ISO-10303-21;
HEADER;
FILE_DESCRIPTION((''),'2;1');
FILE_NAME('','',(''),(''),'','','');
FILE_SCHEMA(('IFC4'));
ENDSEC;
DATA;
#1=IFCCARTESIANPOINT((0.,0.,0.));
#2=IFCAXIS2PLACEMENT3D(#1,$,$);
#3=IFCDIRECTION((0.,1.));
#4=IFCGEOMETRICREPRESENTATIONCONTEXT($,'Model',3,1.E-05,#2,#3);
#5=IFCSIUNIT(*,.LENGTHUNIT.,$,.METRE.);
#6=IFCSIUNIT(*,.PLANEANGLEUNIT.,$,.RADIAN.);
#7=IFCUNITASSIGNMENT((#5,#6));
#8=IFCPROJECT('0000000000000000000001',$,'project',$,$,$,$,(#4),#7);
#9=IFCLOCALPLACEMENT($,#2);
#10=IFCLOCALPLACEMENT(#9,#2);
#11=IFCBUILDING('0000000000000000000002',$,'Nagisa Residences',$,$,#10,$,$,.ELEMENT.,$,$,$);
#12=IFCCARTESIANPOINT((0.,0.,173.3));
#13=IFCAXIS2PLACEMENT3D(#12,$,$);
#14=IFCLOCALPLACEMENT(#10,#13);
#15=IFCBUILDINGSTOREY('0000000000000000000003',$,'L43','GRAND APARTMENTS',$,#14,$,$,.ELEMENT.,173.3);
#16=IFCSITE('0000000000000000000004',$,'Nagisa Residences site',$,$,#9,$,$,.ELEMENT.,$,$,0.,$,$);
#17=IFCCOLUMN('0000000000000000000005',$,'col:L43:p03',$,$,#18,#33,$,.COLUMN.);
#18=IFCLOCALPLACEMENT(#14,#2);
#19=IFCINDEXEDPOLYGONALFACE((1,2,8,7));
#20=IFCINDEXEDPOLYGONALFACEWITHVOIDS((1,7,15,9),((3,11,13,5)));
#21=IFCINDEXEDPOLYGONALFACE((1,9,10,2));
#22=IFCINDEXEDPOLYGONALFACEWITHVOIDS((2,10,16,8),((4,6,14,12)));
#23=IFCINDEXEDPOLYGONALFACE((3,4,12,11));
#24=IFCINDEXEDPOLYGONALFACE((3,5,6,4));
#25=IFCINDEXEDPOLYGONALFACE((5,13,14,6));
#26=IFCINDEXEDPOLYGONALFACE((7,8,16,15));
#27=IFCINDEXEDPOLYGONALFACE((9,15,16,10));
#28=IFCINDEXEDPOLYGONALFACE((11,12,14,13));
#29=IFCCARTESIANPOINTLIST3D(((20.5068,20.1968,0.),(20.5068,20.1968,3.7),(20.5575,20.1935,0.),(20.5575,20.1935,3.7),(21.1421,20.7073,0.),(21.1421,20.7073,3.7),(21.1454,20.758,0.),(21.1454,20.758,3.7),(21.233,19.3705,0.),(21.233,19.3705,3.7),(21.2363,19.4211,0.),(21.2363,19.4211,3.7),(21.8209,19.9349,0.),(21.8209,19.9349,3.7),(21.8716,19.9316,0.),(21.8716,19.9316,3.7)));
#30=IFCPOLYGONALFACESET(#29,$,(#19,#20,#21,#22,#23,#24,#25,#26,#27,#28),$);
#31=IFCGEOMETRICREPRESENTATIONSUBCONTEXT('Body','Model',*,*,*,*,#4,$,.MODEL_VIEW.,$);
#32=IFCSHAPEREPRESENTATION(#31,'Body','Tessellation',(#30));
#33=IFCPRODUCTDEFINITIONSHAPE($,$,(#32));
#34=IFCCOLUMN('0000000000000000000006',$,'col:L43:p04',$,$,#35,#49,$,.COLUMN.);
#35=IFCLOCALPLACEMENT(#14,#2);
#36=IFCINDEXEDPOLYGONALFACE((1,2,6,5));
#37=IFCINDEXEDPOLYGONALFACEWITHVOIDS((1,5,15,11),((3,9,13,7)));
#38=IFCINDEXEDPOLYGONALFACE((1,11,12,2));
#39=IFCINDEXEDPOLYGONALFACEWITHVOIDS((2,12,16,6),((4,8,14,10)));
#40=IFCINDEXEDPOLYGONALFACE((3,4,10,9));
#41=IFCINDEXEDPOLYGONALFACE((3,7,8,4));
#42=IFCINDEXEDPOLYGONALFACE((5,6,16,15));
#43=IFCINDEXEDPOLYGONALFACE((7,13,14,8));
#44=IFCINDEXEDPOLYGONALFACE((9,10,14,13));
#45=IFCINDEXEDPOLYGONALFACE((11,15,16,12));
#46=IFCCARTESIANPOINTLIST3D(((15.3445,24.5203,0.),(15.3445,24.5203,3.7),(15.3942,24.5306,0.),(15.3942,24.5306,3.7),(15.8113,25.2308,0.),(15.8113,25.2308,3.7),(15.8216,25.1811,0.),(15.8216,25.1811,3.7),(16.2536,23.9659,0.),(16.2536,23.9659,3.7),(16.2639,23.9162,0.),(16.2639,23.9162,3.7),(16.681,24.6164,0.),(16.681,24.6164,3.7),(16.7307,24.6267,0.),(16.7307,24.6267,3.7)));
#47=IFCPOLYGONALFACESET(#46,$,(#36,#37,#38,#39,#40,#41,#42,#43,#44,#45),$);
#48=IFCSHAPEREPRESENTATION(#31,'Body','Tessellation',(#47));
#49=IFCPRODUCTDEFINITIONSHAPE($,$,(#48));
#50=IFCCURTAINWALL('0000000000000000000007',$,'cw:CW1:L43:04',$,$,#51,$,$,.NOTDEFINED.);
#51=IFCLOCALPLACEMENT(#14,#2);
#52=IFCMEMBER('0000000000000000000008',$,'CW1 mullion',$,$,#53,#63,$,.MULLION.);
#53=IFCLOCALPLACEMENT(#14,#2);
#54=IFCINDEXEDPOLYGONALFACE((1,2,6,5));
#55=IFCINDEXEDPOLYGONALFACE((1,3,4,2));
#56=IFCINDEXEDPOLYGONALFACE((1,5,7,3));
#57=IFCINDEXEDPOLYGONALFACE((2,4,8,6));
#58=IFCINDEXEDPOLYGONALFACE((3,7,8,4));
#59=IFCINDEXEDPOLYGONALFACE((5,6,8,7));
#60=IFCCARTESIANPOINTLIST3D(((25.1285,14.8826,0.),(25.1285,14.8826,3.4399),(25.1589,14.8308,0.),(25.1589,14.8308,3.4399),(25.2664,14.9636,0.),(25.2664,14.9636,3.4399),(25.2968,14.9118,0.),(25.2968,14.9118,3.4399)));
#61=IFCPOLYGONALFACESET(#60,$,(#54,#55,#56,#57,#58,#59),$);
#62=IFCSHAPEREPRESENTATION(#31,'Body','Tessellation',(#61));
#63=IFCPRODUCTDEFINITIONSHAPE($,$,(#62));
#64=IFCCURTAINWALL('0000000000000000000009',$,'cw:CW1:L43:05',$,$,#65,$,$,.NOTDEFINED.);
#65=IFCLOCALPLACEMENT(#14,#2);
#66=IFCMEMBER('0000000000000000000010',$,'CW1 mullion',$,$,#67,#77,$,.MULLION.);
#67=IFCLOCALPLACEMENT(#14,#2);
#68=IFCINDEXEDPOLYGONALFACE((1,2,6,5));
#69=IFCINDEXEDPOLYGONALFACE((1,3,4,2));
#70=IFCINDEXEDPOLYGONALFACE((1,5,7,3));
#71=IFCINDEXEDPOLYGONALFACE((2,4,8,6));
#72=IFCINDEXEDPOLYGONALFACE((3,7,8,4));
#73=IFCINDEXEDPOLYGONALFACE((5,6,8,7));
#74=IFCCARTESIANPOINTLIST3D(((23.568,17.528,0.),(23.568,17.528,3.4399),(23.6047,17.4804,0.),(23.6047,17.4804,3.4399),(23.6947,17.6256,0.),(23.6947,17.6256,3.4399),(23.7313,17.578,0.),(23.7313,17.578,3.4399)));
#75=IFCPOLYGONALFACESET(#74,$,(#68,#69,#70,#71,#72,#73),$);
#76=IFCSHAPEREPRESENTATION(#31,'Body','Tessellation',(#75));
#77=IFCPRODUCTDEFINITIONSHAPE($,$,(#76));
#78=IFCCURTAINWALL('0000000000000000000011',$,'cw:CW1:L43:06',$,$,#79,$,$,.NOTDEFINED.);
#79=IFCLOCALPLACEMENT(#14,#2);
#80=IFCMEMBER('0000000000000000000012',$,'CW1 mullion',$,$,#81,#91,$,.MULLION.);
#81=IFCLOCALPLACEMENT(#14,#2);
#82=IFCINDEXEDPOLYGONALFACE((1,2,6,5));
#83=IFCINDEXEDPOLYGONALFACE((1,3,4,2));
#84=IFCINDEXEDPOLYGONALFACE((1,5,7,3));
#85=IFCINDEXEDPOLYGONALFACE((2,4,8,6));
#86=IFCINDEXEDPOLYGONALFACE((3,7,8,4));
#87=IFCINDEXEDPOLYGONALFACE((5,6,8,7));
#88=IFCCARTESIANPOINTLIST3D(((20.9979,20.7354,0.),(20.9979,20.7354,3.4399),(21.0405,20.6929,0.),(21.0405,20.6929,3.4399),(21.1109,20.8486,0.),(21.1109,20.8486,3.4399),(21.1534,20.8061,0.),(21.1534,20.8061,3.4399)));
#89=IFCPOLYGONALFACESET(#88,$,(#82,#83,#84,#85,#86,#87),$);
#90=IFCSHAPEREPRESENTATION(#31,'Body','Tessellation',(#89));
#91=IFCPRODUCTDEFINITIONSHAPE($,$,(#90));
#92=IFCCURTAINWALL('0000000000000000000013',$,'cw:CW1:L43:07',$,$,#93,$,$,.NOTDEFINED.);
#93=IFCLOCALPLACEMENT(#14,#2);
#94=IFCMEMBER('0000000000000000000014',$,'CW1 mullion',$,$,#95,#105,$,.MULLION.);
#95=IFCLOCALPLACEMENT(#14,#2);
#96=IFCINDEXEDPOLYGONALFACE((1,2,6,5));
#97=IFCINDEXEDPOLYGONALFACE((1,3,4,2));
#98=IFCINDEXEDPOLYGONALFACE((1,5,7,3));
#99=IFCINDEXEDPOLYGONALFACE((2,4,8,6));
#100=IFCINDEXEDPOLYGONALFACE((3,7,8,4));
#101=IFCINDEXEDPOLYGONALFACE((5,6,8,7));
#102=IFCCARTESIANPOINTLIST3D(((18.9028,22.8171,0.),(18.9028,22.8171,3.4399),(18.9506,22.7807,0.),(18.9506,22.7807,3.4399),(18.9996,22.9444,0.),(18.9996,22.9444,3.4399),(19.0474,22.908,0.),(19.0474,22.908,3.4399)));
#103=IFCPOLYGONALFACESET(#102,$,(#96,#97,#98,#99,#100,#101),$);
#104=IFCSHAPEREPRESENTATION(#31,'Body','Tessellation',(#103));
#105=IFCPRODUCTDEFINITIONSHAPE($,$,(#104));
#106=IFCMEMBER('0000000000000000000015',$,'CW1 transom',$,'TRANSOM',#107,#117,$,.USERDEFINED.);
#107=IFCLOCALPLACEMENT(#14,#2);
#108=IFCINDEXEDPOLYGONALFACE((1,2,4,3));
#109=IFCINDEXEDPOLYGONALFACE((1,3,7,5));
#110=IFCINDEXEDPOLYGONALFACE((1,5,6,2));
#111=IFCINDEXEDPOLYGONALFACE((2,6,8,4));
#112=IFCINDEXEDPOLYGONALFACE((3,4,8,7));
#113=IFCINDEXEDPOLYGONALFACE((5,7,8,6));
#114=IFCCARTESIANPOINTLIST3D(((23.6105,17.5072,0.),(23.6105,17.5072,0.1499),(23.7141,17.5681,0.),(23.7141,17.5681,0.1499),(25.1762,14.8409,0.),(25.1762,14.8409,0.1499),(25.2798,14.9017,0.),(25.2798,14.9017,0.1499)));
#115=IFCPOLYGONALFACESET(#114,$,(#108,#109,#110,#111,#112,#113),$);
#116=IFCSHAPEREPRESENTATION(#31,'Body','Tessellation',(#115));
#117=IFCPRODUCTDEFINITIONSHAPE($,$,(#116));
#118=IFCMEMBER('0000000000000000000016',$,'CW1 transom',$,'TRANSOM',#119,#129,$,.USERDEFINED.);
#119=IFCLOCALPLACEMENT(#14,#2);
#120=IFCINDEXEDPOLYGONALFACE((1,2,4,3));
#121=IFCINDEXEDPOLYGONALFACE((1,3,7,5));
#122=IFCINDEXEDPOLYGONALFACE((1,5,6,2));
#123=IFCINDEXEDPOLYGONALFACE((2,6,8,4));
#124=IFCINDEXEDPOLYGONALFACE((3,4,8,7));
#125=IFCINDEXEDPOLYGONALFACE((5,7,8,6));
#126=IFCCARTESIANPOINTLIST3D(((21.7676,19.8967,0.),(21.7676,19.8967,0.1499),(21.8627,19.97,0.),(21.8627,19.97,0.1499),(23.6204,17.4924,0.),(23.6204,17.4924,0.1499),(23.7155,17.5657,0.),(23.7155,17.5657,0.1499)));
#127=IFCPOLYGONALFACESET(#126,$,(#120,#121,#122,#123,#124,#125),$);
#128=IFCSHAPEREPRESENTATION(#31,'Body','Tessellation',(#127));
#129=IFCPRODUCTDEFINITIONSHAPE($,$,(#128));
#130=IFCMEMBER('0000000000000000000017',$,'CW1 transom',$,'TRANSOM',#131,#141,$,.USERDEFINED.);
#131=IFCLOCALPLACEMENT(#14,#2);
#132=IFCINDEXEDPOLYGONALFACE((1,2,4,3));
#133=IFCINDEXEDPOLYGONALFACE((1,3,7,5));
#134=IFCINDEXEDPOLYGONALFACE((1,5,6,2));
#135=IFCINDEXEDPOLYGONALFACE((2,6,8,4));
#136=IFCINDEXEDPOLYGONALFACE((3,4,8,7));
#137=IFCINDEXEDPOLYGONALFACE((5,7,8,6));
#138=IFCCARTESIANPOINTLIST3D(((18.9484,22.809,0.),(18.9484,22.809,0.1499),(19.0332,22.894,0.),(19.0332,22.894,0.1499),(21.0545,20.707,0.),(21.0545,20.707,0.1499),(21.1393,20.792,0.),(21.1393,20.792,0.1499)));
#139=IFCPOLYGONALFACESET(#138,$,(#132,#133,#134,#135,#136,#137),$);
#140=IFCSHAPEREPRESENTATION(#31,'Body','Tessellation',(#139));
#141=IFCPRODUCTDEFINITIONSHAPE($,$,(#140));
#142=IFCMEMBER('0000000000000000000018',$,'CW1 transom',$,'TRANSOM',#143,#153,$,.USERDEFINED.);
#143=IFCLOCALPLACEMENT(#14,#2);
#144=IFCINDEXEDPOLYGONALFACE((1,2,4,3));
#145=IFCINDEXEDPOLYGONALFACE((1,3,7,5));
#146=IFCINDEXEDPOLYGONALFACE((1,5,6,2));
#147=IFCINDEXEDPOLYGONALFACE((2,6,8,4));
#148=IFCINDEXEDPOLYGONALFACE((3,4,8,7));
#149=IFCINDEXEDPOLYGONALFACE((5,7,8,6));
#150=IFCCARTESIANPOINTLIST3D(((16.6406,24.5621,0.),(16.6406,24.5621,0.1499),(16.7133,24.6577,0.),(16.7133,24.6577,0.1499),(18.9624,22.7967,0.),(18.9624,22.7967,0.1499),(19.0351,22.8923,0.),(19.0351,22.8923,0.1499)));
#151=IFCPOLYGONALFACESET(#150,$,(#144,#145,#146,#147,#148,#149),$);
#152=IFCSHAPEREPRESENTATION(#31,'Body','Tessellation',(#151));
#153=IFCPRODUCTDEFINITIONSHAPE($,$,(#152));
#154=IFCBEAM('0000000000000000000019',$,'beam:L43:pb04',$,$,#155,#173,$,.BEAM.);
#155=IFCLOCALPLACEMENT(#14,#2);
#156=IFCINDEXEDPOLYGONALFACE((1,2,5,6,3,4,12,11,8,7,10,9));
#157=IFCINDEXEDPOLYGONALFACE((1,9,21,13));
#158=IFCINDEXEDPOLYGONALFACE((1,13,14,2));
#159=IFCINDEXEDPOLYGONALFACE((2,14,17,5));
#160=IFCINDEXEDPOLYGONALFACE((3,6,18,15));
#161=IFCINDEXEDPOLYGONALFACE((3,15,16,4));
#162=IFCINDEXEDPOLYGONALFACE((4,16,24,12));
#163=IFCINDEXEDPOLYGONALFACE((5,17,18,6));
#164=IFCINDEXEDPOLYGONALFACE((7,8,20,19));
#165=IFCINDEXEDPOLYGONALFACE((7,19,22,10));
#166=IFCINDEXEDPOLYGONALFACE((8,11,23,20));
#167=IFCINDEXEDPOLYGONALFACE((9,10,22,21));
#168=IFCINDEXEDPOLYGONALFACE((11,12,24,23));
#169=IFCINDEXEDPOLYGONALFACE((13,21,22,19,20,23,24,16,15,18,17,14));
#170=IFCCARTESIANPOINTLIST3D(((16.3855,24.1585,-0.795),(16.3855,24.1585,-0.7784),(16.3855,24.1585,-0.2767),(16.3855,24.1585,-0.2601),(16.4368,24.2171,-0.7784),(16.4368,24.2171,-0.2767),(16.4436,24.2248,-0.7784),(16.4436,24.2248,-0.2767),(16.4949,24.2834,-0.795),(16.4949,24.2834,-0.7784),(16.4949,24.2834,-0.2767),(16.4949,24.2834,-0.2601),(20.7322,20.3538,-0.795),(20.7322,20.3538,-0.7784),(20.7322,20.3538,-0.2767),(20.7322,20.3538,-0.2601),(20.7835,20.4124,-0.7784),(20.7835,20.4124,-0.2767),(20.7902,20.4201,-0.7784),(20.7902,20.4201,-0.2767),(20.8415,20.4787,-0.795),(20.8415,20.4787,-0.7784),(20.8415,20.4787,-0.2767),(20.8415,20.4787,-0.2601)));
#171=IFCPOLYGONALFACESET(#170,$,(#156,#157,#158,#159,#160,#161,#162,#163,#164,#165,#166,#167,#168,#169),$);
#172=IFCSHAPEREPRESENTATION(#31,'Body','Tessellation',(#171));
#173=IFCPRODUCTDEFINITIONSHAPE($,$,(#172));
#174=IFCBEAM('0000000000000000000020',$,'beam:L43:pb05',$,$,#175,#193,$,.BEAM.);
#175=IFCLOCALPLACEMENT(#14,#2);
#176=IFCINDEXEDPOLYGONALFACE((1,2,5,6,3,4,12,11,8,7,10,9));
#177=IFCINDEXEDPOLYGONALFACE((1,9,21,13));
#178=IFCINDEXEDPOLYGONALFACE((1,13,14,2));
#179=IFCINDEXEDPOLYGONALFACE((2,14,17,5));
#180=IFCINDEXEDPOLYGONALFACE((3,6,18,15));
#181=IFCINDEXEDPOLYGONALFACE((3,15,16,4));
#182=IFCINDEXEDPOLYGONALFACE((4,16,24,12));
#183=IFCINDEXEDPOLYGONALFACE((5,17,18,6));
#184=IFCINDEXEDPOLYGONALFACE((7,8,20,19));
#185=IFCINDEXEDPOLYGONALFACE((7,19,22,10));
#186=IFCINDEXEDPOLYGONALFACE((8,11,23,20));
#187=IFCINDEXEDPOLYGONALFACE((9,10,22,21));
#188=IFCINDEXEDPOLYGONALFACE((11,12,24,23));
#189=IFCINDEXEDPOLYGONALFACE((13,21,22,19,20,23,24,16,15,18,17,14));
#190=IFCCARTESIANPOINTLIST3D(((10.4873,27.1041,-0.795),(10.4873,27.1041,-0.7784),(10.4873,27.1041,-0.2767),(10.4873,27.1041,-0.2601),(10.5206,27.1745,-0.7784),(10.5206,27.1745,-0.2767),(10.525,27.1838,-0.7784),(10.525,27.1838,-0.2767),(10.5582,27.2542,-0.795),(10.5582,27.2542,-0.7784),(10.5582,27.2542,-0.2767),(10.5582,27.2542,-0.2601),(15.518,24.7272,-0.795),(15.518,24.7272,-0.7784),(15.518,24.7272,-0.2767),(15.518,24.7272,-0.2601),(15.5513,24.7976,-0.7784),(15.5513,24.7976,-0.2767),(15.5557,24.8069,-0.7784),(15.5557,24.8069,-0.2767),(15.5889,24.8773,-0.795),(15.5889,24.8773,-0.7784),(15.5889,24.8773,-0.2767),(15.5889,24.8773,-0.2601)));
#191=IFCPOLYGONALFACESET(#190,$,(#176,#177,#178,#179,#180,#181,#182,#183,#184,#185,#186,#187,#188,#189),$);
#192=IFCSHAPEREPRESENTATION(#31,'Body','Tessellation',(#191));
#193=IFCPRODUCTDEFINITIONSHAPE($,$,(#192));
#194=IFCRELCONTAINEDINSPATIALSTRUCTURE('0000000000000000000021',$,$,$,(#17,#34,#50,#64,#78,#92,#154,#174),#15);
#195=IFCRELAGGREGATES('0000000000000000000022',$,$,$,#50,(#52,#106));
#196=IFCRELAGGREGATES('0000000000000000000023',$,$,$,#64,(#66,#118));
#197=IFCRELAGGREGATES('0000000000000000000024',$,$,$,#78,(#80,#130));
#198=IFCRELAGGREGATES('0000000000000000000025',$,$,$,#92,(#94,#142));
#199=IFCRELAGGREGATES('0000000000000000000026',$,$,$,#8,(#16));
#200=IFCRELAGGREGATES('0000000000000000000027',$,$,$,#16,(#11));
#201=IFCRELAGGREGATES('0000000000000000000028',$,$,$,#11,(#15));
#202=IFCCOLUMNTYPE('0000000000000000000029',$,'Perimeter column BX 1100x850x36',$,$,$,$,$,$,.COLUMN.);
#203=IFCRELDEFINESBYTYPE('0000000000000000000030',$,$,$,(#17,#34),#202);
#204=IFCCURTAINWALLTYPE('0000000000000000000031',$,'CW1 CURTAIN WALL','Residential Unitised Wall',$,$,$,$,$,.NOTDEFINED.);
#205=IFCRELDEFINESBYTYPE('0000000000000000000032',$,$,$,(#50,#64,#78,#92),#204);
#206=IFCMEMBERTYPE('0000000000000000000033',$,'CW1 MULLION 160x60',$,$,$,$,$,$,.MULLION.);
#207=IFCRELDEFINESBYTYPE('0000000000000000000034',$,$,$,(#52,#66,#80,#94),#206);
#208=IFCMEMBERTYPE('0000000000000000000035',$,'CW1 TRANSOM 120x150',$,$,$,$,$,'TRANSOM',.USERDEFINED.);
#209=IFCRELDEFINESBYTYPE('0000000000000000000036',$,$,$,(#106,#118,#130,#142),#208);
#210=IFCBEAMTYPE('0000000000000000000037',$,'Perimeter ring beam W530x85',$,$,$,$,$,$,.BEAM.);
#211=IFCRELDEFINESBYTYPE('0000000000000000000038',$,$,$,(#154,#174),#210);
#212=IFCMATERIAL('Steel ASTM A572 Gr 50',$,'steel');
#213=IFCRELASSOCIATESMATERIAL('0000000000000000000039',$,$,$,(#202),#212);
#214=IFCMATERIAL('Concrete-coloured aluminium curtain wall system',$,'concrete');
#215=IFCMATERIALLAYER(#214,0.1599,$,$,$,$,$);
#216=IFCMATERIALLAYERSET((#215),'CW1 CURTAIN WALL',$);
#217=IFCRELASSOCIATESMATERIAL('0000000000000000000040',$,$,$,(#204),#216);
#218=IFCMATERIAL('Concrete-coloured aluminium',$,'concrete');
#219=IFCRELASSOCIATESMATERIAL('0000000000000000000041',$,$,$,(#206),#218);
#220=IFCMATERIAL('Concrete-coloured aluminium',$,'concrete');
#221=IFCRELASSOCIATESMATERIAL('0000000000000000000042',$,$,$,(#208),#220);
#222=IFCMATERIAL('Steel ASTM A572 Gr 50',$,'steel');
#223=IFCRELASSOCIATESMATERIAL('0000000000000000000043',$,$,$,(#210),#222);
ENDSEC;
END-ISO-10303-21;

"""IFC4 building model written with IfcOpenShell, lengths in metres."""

from ifc_helpers import new_model, si_unit, direction, frame, origin, origin_2d, place, context, subcontext, project, spatial, rectangle, hollow_rectangle, i_section, extrude, material, layer, layer_set, material_profile, profile_set, type_object, element, aggregate, save


model = new_model("IFC4")

# Units and contexts
model_context = context("Model", 3, precision=1e-05, world=origin(), true_north=direction((0.0, 1.0)))
body_context = subcontext(model_context, "Body", "Model", "MODEL_VIEW")
ifc_project = project(units=[si_unit("LENGTHUNIT", "METRE"), si_unit("PLANEANGLEUNIT", "RADIAN")], contexts=[model_context])

# Site, building, storey
site_placement = place(None, origin())
site = spatial("IfcSite", under=ifc_project, at=site_placement, Name="Nagisa Residences site", CompositionType="ELEMENT", RefElevation=0.0)
building_placement = place(site_placement, origin())
building = spatial("IfcBuilding", under=site, at=building_placement, Name="Nagisa Residences", CompositionType="ELEMENT")
storey_placement = place(building_placement, frame((0.0, 0.0, 173.3)))
storey = spatial("IfcBuildingStorey", under=building, at=storey_placement, Name="L43", Description="GRAND APARTMENTS", CompositionType="ELEMENT", Elevation=173.3)

# Columns
ifc_material_1 = material(Name="Steel ASTM A572 Gr 50", Category="steel")
ifc_material_profile_1 = material_profile(ifc_material_1, hollow_rectangle(XDim=1.1001, YDim=0.8501, WallThickness=0.0359, at=origin_2d()), Name="BX 1100x850x36")
ifc_profile_set_1 = profile_set([ifc_material_profile_1], Name="Steel ASTM A572 Gr 50")
column_type = type_object("IfcColumnType", Name="Perimeter column BX 1100x850x36", PredefinedType="COLUMN", material=ifc_profile_set_1)
for number, where, z_axis, x_axis, name in (
    (1, (21.1892, 20.0642, 0.0), (0.0, 0.0, 1.0), (-0.660115, 0.751165, 0.0), "col:L43:p03"),
    (2, (16.0376, 24.5735, 0.0), (0.0, 0.0, 1.0), (-0.835766, 0.549086, 0.0), "col:L43:p04"),
):
    element("IfcColumn", number, at=place(storey_placement, frame(where, z_axis=z_axis, x_axis=x_axis)), inside=storey, type_object=column_type, Name=name, PredefinedType="COLUMN", context=body_context, shape_type="SweptSolid", body=[
        extrude(hollow_rectangle(XDim=1.1001, YDim=0.8501, WallThickness=0.0359, at=origin_2d()), origin(), (0.0, 0.0, 1.0), 3.7),
    ])

# Curtain walls, members
ifc_material_2 = material(Name="Concrete-coloured aluminium curtain wall system", Category="concrete")
ifc_layer_1 = layer(ifc_material_2, 0.1599)
ifc_layer_set_1 = layer_set([ifc_layer_1], Name="CW1 CURTAIN WALL")
curtain_wall_type = type_object("IfcCurtainWallType", Name="CW1 CURTAIN WALL", Description="Residential Unitised Wall", PredefinedType="NOTDEFINED", material=ifc_layer_set_1)
curtain_wall_1_placement = place(storey_placement, origin())
curtain_wall_1 = element("IfcCurtainWall", 3, at=curtain_wall_1_placement, inside=storey, type_object=curtain_wall_type, Name="cw:CW1:L43:04", PredefinedType="NOTDEFINED")
ifc_material_3 = material(Name="Concrete-coloured aluminium", Category="concrete")
ifc_material_profile_2 = material_profile(ifc_material_3, rectangle(XDim=0.1599, YDim=0.0601, at=origin_2d()), Name="CW1 MULLION 160x60")
ifc_profile_set_2 = profile_set([ifc_material_profile_2], Name="Concrete-coloured aluminium")
member_type_1 = type_object("IfcMemberType", Name="CW1 MULLION 160x60", PredefinedType="MULLION", material=ifc_profile_set_2)
member_1_placement = place(storey_placement, frame((25.2126, 14.8972, 0.0), z_axis=(0.0, 0.0, 1.0), x_axis=(-0.862329, -0.506349, 0.0)))
member_1 = element("IfcMember", 4, at=member_1_placement, type_object=member_type_1, Name="CW1 mullion", PredefinedType="MULLION", context=body_context, shape_type="SweptSolid", body=[
    extrude(rectangle(XDim=0.1599, YDim=0.0601, at=origin_2d()), origin(), (0.0, 0.0, 1.0), 3.4399),
])
curtain_wall_2_placement = place(storey_placement, origin())
curtain_wall_2 = element("IfcCurtainWall", 5, at=curtain_wall_2_placement, inside=storey, type_object=curtain_wall_type, Name="cw:CW1:L43:05", PredefinedType="NOTDEFINED")
member_2_placement = place(storey_placement, frame((23.6497, 17.553, 0.0), z_axis=(0.0, 0.0, 1.0), x_axis=(-0.79207, -0.61043, 0.0)))
member_2 = element("IfcMember", 6, at=member_2_placement, type_object=member_type_1, Name="CW1 mullion", PredefinedType="MULLION", context=body_context, shape_type="SweptSolid", body=[
    extrude(rectangle(XDim=0.1599, YDim=0.0601, at=origin_2d()), origin(), (0.0, 0.0, 1.0), 3.4399),
])
curtain_wall_3_placement = place(storey_placement, origin())
curtain_wall_3 = element("IfcCurtainWall", 7, at=curtain_wall_3_placement, inside=storey, type_object=curtain_wall_type, Name="cw:CW1:L43:06", PredefinedType="NOTDEFINED")
member_3_placement = place(storey_placement, frame((21.0757, 20.7708, 0.0), z_axis=(0.0, 0.0, 1.0), x_axis=(-0.706377, -0.707836, 0.0)))
member_3 = element("IfcMember", 8, at=member_3_placement, type_object=member_type_1, Name="CW1 mullion", PredefinedType="MULLION", context=body_context, shape_type="SweptSolid", body=[
    extrude(rectangle(XDim=0.1599, YDim=0.0601, at=origin_2d()), origin(), (0.0, 0.0, 1.0), 3.4399),
])
curtain_wall_4_placement = place(storey_placement, origin())
curtain_wall_4 = element("IfcCurtainWall", 9, at=curtain_wall_4_placement, inside=storey, type_object=curtain_wall_type, Name="cw:CW1:L43:07", PredefinedType="NOTDEFINED")
member_4_placement = place(storey_placement, frame((18.9751, 22.8625, 0.0), z_axis=(0.0, 0.0, 1.0), x_axis=(-0.605255, -0.796031, 0.0)))
member_4 = element("IfcMember", 10, at=member_4_placement, type_object=member_type_1, Name="CW1 mullion", PredefinedType="MULLION", context=body_context, shape_type="SweptSolid", body=[
    extrude(rectangle(XDim=0.1599, YDim=0.0601, at=origin_2d()), origin(), (0.0, 0.0, 1.0), 3.4399),
])

# Members
ifc_material_4 = material(Name="Concrete-coloured aluminium", Category="concrete")
ifc_material_profile_3 = material_profile(ifc_material_4, rectangle(XDim=0.1201, YDim=0.1499, at=origin_2d()), Name="CW1 TRANSOM 120x150")
ifc_profile_set_3 = profile_set([ifc_material_profile_3], Name="Concrete-coloured aluminium")
member_type_2 = type_object("IfcMemberType", Name="CW1 TRANSOM 120x150", ElementType="TRANSOM", PredefinedType="USERDEFINED", material=ifc_profile_set_3)
member_5_placement = place(storey_placement, frame((25.228, 14.8713, 0.075), z_axis=(-0.506368, 0.862318, 0.0), x_axis=(-0.862318, -0.506368, 0.0)))
member_5 = element("IfcMember", 11, at=member_5_placement, type_object=member_type_2, Name="CW1 transom", ObjectType="TRANSOM", PredefinedType="USERDEFINED", context=body_context, shape_type="SweptSolid", body=[
    extrude(rectangle(XDim=0.1201, YDim=0.1499, at=origin_2d()), origin(), (0.0, 0.0, 1.0), 3.092),
])
member_6_placement = place(storey_placement, frame((23.668, 17.5291, 0.075), z_axis=(-0.610399, 0.792094, 0.0), x_axis=(-0.792094, -0.610399, 0.0)))
member_6 = element("IfcMember", 12, at=member_6_placement, type_object=member_type_2, Name="CW1 transom", ObjectType="TRANSOM", PredefinedType="USERDEFINED", context=body_context, shape_type="SweptSolid", body=[
    extrude(rectangle(XDim=0.1201, YDim=0.1499, at=origin_2d()), origin(), (0.0, 0.0, 1.0), 3.0354),
])
member_7_placement = place(storey_placement, frame((21.0969, 20.7495, 0.075), z_axis=(-0.707804, 0.706409, 0.0), x_axis=(-0.706409, -0.707804, 0.0)))
member_7 = element("IfcMember", 13, at=member_7_placement, type_object=member_type_2, Name="CW1 transom", ObjectType="TRANSOM", PredefinedType="USERDEFINED", context=body_context, shape_type="SweptSolid", body=[
    extrude(rectangle(XDim=0.1201, YDim=0.1499, at=origin_2d()), origin(), (0.0, 0.0, 1.0), 2.9756),
])
member_8_placement = place(storey_placement, frame((18.9988, 22.8445, 0.075), z_axis=(-0.796025, 0.605264, 0.0), x_axis=(-0.605264, -0.796025, 0.0)))
member_8 = element("IfcMember", 14, at=member_8_placement, type_object=member_type_2, Name="CW1 transom", ObjectType="TRANSOM", PredefinedType="USERDEFINED", context=body_context, shape_type="SweptSolid", body=[
    extrude(rectangle(XDim=0.1201, YDim=0.1499, at=origin_2d()), origin(), (0.0, 0.0, 1.0), 2.9167),
])

# Beams
ifc_material_5 = material(Name="Steel ASTM A572 Gr 50", Category="steel")
ifc_material_profile_4 = material_profile(ifc_material_5, i_section(OverallWidth=0.166, OverallDepth=0.5349, WebThickness=0.0103, FlangeThickness=0.0166, at=origin_2d()), Name="W530x85")
ifc_profile_set_4 = profile_set([ifc_material_profile_4], Name="Steel ASTM A572 Gr 50")
beam_type_1 = type_object("IfcBeamType", Name="Perimeter ring beam W530x85", PredefinedType="BEAM", material=ifc_profile_set_4)
beam_1_placement = place(storey_placement, frame((20.7869, 20.4163, -0.5276), z_axis=(-0.752461, 0.658636, 0.0), x_axis=(-0.658636, -0.752461, 0.0)))
element("IfcBeam", 15, at=beam_1_placement, inside=storey, type_object=beam_type_1, Name="beam:L43:pb04", PredefinedType="BEAM", context=body_context, shape_type="SweptSolid", body=[
    extrude(i_section(OverallWidth=0.166, OverallDepth=0.5349, WebThickness=0.0103, FlangeThickness=0.0166, at=origin_2d()), origin(), (0.0, 0.0, 1.0), 5.7766),
])
beam_2_placement = place(storey_placement, frame((15.5535, 24.8022, -0.5276), z_axis=(-0.904157, 0.4272, 0.0), x_axis=(-0.4272, -0.904157, 0.0)))
element("IfcBeam", 16, at=beam_2_placement, inside=storey, type_object=beam_type_1, Name="beam:L43:pb05", PredefinedType="BEAM", context=body_context, shape_type="SweptSolid", body=[
    extrude(i_section(OverallWidth=0.166, OverallDepth=0.5349, WebThickness=0.0103, FlangeThickness=0.0166, at=origin_2d()), origin(), (0.0, 0.0, 1.0), 5.564),
])

aggregate(curtain_wall_1, [member_1, member_5])
aggregate(curtain_wall_2, [member_2, member_6])
aggregate(curtain_wall_3, [member_3, member_7])
aggregate(curtain_wall_4, [member_4, member_8])

save(model, "model.ifc")
